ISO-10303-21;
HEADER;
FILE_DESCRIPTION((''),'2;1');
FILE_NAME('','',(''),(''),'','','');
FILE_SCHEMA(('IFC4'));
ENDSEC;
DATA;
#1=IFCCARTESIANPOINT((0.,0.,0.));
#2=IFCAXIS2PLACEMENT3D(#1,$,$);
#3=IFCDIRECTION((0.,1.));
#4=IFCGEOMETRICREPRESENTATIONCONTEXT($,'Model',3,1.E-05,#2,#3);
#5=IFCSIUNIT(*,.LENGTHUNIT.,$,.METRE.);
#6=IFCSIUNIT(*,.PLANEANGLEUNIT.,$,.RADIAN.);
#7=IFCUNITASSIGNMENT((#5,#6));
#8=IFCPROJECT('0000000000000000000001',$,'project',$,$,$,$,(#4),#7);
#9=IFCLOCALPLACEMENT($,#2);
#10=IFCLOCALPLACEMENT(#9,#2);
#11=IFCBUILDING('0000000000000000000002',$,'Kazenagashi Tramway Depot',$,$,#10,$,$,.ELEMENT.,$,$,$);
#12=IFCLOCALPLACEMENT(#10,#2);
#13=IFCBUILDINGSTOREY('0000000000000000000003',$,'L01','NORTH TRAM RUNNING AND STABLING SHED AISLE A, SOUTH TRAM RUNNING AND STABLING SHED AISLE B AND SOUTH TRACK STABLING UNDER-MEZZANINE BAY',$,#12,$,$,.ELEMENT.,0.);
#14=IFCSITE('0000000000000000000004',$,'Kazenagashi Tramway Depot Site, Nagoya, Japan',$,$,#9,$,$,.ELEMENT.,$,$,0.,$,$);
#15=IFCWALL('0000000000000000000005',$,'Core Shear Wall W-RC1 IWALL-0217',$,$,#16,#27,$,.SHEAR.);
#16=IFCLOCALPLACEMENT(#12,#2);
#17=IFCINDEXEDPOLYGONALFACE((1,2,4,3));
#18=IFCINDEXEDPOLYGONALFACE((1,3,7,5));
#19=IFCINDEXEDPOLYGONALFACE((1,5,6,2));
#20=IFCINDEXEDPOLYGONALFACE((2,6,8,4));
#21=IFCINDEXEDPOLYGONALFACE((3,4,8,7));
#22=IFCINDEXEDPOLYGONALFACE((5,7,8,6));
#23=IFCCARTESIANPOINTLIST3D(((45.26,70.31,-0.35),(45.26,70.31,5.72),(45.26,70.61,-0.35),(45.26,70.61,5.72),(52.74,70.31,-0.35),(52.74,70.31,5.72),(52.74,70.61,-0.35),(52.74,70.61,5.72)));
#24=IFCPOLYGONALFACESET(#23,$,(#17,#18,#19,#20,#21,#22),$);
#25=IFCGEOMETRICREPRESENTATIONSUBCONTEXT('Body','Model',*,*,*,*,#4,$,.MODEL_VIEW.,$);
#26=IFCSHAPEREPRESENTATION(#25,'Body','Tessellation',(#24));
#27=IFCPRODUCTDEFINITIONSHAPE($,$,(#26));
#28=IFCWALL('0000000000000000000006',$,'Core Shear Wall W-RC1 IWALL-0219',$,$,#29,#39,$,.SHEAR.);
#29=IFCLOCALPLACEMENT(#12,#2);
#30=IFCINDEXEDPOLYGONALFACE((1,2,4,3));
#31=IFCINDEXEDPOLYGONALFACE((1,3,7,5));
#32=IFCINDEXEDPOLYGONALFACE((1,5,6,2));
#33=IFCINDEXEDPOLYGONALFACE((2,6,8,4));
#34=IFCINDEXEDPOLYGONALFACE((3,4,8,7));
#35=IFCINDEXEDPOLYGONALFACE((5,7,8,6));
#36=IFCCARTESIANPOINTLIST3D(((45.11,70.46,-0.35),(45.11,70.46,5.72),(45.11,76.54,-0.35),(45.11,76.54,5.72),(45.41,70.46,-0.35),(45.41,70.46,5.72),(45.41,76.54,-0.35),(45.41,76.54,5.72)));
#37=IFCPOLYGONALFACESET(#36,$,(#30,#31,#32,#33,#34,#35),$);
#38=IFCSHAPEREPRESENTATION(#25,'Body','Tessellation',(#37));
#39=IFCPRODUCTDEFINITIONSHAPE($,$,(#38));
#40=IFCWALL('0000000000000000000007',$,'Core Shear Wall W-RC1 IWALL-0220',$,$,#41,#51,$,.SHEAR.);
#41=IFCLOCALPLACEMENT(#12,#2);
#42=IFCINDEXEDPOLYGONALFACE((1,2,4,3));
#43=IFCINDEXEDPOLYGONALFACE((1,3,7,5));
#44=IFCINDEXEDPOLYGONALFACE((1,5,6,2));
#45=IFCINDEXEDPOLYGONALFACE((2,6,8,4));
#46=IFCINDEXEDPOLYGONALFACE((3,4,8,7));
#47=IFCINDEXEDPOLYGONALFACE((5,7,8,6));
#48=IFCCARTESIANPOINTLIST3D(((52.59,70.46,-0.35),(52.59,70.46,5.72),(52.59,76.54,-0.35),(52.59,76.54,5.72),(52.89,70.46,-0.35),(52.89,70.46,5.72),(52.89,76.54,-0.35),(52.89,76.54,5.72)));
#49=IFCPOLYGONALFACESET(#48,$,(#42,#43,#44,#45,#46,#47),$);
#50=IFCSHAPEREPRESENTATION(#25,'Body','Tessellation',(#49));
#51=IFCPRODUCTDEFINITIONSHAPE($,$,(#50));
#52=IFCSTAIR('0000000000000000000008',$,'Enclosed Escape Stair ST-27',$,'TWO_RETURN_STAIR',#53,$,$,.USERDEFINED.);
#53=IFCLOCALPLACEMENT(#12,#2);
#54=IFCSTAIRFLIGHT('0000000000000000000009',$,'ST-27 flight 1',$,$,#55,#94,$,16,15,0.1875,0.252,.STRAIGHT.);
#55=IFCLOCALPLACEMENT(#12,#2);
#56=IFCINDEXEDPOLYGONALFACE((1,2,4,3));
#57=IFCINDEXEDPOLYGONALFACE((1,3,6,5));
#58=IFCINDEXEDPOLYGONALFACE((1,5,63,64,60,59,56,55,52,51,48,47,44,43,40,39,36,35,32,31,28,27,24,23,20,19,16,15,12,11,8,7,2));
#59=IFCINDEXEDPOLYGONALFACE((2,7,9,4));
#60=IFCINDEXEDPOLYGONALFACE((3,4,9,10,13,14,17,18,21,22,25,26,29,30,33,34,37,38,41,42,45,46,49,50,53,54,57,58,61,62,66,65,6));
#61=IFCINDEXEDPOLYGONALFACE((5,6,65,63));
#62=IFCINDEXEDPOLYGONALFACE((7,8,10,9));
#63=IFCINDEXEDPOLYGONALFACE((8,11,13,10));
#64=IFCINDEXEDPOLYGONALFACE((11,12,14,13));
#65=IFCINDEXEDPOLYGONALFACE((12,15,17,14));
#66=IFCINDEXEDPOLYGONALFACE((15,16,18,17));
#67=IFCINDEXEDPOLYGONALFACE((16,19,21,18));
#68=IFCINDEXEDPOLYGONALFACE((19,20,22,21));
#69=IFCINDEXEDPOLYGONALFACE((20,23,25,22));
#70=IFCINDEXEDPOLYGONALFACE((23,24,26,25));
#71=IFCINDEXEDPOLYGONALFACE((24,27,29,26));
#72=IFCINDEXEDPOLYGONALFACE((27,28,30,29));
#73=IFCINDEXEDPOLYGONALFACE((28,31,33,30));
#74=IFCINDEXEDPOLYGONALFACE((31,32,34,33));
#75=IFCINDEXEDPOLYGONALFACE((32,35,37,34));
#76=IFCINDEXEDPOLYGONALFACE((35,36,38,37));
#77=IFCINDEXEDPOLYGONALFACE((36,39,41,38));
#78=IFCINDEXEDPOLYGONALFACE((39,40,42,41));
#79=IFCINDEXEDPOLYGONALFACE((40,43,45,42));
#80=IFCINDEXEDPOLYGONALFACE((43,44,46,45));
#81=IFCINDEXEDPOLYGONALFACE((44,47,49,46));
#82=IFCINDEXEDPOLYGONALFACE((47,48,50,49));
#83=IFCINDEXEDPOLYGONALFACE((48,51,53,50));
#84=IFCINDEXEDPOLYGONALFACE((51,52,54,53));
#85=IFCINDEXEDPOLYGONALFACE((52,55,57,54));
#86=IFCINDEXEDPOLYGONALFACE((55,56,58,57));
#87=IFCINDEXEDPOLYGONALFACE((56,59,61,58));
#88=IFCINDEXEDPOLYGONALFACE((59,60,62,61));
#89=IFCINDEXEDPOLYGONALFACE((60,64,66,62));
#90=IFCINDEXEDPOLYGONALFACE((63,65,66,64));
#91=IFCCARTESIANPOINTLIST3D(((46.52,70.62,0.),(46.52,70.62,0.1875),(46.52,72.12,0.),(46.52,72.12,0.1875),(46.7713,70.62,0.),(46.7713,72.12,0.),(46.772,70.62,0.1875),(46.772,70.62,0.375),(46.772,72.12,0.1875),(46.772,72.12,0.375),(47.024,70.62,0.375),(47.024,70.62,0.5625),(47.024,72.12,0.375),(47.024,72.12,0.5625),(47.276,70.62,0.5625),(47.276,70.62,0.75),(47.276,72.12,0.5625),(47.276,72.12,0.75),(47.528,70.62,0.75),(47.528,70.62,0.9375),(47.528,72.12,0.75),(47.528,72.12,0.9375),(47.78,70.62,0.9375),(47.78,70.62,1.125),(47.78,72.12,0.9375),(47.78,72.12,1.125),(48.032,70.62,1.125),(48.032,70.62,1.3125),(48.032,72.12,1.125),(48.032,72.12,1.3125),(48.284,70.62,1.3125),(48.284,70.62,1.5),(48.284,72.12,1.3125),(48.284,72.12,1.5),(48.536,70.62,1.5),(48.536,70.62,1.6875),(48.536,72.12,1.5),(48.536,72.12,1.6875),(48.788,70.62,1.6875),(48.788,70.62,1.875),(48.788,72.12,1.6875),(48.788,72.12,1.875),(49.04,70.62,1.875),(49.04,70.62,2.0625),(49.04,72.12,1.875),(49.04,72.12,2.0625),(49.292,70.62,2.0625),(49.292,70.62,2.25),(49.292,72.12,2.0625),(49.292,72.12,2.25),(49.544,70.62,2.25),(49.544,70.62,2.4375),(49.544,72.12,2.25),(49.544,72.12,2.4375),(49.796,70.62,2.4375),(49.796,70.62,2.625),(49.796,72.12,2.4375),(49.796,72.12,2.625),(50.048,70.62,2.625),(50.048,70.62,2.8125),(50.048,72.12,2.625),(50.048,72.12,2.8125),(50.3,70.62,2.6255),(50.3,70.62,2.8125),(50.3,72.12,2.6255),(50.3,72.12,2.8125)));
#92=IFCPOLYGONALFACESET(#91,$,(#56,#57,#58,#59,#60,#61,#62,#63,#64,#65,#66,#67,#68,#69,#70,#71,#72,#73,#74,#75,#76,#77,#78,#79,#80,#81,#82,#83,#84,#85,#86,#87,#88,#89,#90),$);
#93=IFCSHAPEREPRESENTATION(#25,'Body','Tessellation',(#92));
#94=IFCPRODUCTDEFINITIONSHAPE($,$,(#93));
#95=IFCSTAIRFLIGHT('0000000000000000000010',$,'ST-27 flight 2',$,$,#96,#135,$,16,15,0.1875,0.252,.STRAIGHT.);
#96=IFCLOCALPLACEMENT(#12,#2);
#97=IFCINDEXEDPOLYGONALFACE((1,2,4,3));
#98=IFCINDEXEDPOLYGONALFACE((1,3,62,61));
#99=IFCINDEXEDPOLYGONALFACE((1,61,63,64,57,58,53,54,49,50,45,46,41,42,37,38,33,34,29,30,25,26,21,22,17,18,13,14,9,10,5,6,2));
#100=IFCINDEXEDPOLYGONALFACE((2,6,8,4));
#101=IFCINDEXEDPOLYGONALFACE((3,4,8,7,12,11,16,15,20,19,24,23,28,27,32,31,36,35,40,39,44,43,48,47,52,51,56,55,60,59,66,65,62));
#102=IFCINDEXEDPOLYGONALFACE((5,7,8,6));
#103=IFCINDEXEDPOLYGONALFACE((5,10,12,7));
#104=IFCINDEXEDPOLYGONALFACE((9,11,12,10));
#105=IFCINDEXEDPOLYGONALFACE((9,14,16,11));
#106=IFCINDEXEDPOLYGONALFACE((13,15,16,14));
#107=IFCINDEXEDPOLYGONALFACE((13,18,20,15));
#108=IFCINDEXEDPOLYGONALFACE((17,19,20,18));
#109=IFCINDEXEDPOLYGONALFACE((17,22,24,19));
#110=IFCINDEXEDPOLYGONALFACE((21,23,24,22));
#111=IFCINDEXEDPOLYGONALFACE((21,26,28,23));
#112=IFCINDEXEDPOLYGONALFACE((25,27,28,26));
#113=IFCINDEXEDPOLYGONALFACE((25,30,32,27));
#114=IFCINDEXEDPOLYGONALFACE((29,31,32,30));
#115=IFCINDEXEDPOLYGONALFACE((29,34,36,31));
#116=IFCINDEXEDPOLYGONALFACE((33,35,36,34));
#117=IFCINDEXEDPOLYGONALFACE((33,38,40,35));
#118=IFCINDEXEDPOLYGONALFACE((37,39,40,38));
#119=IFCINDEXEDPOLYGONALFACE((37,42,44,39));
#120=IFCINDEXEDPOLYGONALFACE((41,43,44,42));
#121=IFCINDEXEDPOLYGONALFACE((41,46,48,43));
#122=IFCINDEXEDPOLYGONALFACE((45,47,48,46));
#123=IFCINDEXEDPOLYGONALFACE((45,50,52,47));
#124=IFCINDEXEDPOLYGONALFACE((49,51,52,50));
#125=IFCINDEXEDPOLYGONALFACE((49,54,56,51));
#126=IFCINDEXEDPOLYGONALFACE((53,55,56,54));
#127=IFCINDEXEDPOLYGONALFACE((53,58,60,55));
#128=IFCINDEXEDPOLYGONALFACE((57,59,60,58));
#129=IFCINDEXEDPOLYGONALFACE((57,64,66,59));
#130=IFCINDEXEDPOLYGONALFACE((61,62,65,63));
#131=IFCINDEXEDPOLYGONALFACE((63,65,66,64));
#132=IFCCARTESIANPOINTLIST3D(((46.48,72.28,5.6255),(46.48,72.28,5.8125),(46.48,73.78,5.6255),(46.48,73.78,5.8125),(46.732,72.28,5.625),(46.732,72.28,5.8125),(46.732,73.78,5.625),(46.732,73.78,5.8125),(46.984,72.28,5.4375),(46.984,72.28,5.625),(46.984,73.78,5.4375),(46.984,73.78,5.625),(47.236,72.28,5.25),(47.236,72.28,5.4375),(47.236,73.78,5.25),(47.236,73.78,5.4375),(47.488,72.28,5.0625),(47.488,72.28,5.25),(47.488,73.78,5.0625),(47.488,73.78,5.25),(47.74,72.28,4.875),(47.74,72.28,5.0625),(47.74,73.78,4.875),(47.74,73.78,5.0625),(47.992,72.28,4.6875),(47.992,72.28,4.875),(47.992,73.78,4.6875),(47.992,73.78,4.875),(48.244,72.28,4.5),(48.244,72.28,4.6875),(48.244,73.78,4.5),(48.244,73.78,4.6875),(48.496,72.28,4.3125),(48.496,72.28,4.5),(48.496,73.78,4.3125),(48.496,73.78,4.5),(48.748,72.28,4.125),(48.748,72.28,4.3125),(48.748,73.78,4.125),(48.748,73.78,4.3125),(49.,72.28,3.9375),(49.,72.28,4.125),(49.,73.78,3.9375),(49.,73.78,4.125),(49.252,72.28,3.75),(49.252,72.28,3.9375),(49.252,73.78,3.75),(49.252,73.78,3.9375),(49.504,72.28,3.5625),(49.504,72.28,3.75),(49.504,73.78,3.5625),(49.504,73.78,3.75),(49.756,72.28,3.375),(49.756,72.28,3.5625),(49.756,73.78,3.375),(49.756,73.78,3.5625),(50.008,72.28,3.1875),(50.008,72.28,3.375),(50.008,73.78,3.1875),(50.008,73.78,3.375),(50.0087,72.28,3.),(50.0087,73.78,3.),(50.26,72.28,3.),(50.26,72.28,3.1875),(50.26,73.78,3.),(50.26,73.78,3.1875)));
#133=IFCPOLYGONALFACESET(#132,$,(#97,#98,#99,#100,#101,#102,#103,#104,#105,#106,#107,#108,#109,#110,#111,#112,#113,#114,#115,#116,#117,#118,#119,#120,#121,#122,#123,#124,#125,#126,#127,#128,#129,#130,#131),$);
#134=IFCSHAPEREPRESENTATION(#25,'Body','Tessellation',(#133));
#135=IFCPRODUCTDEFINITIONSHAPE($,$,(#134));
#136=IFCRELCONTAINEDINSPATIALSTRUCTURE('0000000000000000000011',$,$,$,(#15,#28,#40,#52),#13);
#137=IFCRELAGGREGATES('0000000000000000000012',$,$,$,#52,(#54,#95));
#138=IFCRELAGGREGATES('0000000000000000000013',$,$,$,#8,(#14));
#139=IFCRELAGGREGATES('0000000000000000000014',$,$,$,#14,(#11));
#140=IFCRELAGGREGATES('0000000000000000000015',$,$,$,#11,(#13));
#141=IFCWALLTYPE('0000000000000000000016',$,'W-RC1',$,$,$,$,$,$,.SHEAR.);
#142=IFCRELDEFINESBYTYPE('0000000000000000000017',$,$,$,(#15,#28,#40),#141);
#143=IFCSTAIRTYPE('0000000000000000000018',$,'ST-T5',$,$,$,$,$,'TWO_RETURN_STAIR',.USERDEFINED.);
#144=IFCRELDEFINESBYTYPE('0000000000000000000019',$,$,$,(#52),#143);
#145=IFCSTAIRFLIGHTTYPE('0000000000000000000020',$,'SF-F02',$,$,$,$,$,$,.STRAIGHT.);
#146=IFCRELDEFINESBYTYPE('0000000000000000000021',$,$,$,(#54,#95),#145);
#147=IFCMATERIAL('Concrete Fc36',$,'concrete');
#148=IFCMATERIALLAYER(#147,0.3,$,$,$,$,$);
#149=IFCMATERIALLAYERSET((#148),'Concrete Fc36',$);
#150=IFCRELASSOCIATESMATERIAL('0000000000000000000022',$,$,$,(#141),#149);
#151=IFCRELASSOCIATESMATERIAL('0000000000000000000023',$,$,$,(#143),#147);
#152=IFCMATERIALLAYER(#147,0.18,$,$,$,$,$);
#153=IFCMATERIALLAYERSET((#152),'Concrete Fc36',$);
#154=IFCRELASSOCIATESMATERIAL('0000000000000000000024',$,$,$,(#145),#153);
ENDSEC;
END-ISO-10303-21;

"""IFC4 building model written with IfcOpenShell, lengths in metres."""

from ifc_helpers import new_model, si_unit, direction, frame, frame_2d, origin, place, context, subcontext, project, spatial, polyline, rectangle, outline, extrude, material, layer, layer_set, type_object, element, aggregate, save


model = new_model("IFC4")

# Units and contexts
model_context = context("Model", 3, precision=1e-05, world=origin(), true_north=direction((0.0, 1.0)))
body_context = subcontext(model_context, "Body", "Model", "MODEL_VIEW")
ifc_project = project(units=[si_unit("LENGTHUNIT", "METRE"), si_unit("PLANEANGLEUNIT", "RADIAN")], contexts=[model_context])

# Site, building, storey
site_placement = place(None, origin())
site = spatial("IfcSite", under=ifc_project, at=site_placement, Name="Kazenagashi Tramway Depot Site, Nagoya, Japan", CompositionType="ELEMENT", RefElevation=0.0)
building_placement = place(site_placement, origin())
building = spatial("IfcBuilding", under=site, at=building_placement, Name="Kazenagashi Tramway Depot", CompositionType="ELEMENT")
storey_placement = place(building_placement, origin())
storey = spatial("IfcBuildingStorey", under=building, at=storey_placement, Name="L01", Description="NORTH TRAM RUNNING AND STABLING SHED AISLE A, SOUTH TRAM RUNNING AND STABLING SHED AISLE B AND SOUTH TRACK STABLING UNDER-MEZZANINE BAY", CompositionType="ELEMENT", Elevation=0.0)

# Walls
ifc_material_1 = material(Name="Concrete Fc36", Category="concrete")
ifc_layer_1 = layer(ifc_material_1, 0.3)
ifc_layer_set_1 = layer_set([ifc_layer_1], Name="Concrete Fc36")
wall_type_1 = type_object("IfcWallType", Name="W-RC1", PredefinedType="SHEAR", material=ifc_layer_set_1)
wall_1_placement = place(storey_placement, frame((45.26, 70.46, -0.35), z_axis=(0.0, 0.0, 1.0), x_axis=(1.0, 0.0, 0.0)))
element("IfcWall", 1, at=wall_1_placement, inside=storey, type_object=wall_type_1, Name="Core Shear Wall W-RC1 IWALL-0217", PredefinedType="SHEAR", context=body_context, shape_type="SweptSolid", body=[
    extrude(rectangle(XDim=7.48, YDim=0.3, at=frame_2d((3.74, 0.0))), origin(), (0.0, 0.0, 1.0), 6.07),
])
for number, where, z_axis, x_axis, name in (
    (2, (45.26, 70.46, -0.35), (0.0, 0.0, 1.0), (0.0, 1.0, 0.0), "Core Shear Wall W-RC1 IWALL-0219"),
    (3, (52.74, 70.46, -0.35), (0.0, 0.0, 1.0), (0.0, 1.0, 0.0), "Core Shear Wall W-RC1 IWALL-0220"),
):
    element("IfcWall", number, at=place(storey_placement, frame(where, z_axis=z_axis, x_axis=x_axis)), inside=storey, type_object=wall_type_1, Name=name, PredefinedType="SHEAR", context=body_context, shape_type="SweptSolid", body=[
        extrude(rectangle(XDim=6.08, YDim=0.3, at=frame_2d((3.04, 0.0))), origin(), (0.0, 0.0, 1.0), 6.07),
    ])

# Stair, stair flights
stair_type = type_object("IfcStairType", Name="ST-T5", ElementType="TWO_RETURN_STAIR", PredefinedType="USERDEFINED", material=ifc_material_1)
stair_placement = place(storey_placement, origin())
stair = element("IfcStair", 4, at=stair_placement, inside=storey, type_object=stair_type, Name="Enclosed Escape Stair ST-27", ObjectType="TWO_RETURN_STAIR", PredefinedType="USERDEFINED")
ifc_layer_2 = layer(ifc_material_1, 0.18)
ifc_layer_set_2 = layer_set([ifc_layer_2], Name="Concrete Fc36")
stair_flight_type = type_object("IfcStairFlightType", Name="SF-F02", PredefinedType="STRAIGHT", material=ifc_layer_set_2)
stair_flight_1_placement = place(storey_placement, frame((46.52, 71.37, 0.0), z_axis=(0.0, 0.0, 1.0), x_axis=(1.0, 0.0, 0.0)))
stair_flight_1 = element("IfcStairFlight", 5, at=stair_flight_1_placement, type_object=stair_flight_type, Name="ST-27 flight 1", NumberOfRisers=16, NumberOfTreads=15, PredefinedType="STRAIGHT", RiserHeight=0.1875, TreadLength=0.252, context=body_context, shape_type="SweptSolid", body=[
    extrude(outline(polyline([(0.0, 0.0), (0.0, 0.1875), (0.252, 0.1875), (0.252, 0.375), (0.504, 0.375), (0.504, 0.5625), (0.756, 0.5625), (0.756, 0.75), (1.008, 0.75), (1.008, 0.9375), (1.26, 0.9375), (1.26, 1.125), (1.512, 1.125), (1.512, 1.3125), (1.764, 1.3125), (1.764, 1.5), (2.016, 1.5), (2.016, 1.6875), (2.268, 1.6875), (2.268, 1.875), (2.52, 1.875), (2.52, 2.0625), (2.772, 2.0625), (2.772, 2.25), (3.024, 2.25), (3.024, 2.4375), (3.276, 2.4375), (3.276, 2.625), (3.528, 2.625), (3.528, 2.8125), (3.78, 2.8125), (3.78, 3.0), (3.78, 2.6255), (0.2513, 0.0), (0.0, 0.0)])), frame((0.0, 0.75, 0.0), z_axis=(0.0, -1.0, 0.0), x_axis=(1.0, 0.0, 0.0)), (0.0, 0.0, 1.0), 1.5),
])
stair_flight_2_placement = place(storey_placement, frame((50.26, 73.03, 3.0), z_axis=(0.0, 0.0, 1.0), x_axis=(-1.0, 0.0, 0.0)))
stair_flight_2 = element("IfcStairFlight", 6, at=stair_flight_2_placement, type_object=stair_flight_type, Name="ST-27 flight 2", NumberOfRisers=16, NumberOfTreads=15, PredefinedType="STRAIGHT", RiserHeight=0.1875, TreadLength=0.252, context=body_context, shape_type="SweptSolid", body=[
    extrude(outline(polyline([(0.0, 0.0), (0.0, 0.1875), (0.252, 0.1875), (0.252, 0.375), (0.504, 0.375), (0.504, 0.5625), (0.756, 0.5625), (0.756, 0.75), (1.008, 0.75), (1.008, 0.9375), (1.26, 0.9375), (1.26, 1.125), (1.512, 1.125), (1.512, 1.3125), (1.764, 1.3125), (1.764, 1.5), (2.016, 1.5), (2.016, 1.6875), (2.268, 1.6875), (2.268, 1.875), (2.52, 1.875), (2.52, 2.0625), (2.772, 2.0625), (2.772, 2.25), (3.024, 2.25), (3.024, 2.4375), (3.276, 2.4375), (3.276, 2.625), (3.528, 2.625), (3.528, 2.8125), (3.78, 2.8125), (3.78, 3.0), (3.78, 2.6255), (0.2513, 0.0), (0.0, 0.0)])), frame((0.0, 0.75, 0.0), z_axis=(0.0, -1.0, 0.0), x_axis=(1.0, 0.0, 0.0)), (0.0, 0.0, 1.0), 1.5),
])
aggregate(stair, [stair_flight_1, stair_flight_2])

save(model, "model.ifc")
